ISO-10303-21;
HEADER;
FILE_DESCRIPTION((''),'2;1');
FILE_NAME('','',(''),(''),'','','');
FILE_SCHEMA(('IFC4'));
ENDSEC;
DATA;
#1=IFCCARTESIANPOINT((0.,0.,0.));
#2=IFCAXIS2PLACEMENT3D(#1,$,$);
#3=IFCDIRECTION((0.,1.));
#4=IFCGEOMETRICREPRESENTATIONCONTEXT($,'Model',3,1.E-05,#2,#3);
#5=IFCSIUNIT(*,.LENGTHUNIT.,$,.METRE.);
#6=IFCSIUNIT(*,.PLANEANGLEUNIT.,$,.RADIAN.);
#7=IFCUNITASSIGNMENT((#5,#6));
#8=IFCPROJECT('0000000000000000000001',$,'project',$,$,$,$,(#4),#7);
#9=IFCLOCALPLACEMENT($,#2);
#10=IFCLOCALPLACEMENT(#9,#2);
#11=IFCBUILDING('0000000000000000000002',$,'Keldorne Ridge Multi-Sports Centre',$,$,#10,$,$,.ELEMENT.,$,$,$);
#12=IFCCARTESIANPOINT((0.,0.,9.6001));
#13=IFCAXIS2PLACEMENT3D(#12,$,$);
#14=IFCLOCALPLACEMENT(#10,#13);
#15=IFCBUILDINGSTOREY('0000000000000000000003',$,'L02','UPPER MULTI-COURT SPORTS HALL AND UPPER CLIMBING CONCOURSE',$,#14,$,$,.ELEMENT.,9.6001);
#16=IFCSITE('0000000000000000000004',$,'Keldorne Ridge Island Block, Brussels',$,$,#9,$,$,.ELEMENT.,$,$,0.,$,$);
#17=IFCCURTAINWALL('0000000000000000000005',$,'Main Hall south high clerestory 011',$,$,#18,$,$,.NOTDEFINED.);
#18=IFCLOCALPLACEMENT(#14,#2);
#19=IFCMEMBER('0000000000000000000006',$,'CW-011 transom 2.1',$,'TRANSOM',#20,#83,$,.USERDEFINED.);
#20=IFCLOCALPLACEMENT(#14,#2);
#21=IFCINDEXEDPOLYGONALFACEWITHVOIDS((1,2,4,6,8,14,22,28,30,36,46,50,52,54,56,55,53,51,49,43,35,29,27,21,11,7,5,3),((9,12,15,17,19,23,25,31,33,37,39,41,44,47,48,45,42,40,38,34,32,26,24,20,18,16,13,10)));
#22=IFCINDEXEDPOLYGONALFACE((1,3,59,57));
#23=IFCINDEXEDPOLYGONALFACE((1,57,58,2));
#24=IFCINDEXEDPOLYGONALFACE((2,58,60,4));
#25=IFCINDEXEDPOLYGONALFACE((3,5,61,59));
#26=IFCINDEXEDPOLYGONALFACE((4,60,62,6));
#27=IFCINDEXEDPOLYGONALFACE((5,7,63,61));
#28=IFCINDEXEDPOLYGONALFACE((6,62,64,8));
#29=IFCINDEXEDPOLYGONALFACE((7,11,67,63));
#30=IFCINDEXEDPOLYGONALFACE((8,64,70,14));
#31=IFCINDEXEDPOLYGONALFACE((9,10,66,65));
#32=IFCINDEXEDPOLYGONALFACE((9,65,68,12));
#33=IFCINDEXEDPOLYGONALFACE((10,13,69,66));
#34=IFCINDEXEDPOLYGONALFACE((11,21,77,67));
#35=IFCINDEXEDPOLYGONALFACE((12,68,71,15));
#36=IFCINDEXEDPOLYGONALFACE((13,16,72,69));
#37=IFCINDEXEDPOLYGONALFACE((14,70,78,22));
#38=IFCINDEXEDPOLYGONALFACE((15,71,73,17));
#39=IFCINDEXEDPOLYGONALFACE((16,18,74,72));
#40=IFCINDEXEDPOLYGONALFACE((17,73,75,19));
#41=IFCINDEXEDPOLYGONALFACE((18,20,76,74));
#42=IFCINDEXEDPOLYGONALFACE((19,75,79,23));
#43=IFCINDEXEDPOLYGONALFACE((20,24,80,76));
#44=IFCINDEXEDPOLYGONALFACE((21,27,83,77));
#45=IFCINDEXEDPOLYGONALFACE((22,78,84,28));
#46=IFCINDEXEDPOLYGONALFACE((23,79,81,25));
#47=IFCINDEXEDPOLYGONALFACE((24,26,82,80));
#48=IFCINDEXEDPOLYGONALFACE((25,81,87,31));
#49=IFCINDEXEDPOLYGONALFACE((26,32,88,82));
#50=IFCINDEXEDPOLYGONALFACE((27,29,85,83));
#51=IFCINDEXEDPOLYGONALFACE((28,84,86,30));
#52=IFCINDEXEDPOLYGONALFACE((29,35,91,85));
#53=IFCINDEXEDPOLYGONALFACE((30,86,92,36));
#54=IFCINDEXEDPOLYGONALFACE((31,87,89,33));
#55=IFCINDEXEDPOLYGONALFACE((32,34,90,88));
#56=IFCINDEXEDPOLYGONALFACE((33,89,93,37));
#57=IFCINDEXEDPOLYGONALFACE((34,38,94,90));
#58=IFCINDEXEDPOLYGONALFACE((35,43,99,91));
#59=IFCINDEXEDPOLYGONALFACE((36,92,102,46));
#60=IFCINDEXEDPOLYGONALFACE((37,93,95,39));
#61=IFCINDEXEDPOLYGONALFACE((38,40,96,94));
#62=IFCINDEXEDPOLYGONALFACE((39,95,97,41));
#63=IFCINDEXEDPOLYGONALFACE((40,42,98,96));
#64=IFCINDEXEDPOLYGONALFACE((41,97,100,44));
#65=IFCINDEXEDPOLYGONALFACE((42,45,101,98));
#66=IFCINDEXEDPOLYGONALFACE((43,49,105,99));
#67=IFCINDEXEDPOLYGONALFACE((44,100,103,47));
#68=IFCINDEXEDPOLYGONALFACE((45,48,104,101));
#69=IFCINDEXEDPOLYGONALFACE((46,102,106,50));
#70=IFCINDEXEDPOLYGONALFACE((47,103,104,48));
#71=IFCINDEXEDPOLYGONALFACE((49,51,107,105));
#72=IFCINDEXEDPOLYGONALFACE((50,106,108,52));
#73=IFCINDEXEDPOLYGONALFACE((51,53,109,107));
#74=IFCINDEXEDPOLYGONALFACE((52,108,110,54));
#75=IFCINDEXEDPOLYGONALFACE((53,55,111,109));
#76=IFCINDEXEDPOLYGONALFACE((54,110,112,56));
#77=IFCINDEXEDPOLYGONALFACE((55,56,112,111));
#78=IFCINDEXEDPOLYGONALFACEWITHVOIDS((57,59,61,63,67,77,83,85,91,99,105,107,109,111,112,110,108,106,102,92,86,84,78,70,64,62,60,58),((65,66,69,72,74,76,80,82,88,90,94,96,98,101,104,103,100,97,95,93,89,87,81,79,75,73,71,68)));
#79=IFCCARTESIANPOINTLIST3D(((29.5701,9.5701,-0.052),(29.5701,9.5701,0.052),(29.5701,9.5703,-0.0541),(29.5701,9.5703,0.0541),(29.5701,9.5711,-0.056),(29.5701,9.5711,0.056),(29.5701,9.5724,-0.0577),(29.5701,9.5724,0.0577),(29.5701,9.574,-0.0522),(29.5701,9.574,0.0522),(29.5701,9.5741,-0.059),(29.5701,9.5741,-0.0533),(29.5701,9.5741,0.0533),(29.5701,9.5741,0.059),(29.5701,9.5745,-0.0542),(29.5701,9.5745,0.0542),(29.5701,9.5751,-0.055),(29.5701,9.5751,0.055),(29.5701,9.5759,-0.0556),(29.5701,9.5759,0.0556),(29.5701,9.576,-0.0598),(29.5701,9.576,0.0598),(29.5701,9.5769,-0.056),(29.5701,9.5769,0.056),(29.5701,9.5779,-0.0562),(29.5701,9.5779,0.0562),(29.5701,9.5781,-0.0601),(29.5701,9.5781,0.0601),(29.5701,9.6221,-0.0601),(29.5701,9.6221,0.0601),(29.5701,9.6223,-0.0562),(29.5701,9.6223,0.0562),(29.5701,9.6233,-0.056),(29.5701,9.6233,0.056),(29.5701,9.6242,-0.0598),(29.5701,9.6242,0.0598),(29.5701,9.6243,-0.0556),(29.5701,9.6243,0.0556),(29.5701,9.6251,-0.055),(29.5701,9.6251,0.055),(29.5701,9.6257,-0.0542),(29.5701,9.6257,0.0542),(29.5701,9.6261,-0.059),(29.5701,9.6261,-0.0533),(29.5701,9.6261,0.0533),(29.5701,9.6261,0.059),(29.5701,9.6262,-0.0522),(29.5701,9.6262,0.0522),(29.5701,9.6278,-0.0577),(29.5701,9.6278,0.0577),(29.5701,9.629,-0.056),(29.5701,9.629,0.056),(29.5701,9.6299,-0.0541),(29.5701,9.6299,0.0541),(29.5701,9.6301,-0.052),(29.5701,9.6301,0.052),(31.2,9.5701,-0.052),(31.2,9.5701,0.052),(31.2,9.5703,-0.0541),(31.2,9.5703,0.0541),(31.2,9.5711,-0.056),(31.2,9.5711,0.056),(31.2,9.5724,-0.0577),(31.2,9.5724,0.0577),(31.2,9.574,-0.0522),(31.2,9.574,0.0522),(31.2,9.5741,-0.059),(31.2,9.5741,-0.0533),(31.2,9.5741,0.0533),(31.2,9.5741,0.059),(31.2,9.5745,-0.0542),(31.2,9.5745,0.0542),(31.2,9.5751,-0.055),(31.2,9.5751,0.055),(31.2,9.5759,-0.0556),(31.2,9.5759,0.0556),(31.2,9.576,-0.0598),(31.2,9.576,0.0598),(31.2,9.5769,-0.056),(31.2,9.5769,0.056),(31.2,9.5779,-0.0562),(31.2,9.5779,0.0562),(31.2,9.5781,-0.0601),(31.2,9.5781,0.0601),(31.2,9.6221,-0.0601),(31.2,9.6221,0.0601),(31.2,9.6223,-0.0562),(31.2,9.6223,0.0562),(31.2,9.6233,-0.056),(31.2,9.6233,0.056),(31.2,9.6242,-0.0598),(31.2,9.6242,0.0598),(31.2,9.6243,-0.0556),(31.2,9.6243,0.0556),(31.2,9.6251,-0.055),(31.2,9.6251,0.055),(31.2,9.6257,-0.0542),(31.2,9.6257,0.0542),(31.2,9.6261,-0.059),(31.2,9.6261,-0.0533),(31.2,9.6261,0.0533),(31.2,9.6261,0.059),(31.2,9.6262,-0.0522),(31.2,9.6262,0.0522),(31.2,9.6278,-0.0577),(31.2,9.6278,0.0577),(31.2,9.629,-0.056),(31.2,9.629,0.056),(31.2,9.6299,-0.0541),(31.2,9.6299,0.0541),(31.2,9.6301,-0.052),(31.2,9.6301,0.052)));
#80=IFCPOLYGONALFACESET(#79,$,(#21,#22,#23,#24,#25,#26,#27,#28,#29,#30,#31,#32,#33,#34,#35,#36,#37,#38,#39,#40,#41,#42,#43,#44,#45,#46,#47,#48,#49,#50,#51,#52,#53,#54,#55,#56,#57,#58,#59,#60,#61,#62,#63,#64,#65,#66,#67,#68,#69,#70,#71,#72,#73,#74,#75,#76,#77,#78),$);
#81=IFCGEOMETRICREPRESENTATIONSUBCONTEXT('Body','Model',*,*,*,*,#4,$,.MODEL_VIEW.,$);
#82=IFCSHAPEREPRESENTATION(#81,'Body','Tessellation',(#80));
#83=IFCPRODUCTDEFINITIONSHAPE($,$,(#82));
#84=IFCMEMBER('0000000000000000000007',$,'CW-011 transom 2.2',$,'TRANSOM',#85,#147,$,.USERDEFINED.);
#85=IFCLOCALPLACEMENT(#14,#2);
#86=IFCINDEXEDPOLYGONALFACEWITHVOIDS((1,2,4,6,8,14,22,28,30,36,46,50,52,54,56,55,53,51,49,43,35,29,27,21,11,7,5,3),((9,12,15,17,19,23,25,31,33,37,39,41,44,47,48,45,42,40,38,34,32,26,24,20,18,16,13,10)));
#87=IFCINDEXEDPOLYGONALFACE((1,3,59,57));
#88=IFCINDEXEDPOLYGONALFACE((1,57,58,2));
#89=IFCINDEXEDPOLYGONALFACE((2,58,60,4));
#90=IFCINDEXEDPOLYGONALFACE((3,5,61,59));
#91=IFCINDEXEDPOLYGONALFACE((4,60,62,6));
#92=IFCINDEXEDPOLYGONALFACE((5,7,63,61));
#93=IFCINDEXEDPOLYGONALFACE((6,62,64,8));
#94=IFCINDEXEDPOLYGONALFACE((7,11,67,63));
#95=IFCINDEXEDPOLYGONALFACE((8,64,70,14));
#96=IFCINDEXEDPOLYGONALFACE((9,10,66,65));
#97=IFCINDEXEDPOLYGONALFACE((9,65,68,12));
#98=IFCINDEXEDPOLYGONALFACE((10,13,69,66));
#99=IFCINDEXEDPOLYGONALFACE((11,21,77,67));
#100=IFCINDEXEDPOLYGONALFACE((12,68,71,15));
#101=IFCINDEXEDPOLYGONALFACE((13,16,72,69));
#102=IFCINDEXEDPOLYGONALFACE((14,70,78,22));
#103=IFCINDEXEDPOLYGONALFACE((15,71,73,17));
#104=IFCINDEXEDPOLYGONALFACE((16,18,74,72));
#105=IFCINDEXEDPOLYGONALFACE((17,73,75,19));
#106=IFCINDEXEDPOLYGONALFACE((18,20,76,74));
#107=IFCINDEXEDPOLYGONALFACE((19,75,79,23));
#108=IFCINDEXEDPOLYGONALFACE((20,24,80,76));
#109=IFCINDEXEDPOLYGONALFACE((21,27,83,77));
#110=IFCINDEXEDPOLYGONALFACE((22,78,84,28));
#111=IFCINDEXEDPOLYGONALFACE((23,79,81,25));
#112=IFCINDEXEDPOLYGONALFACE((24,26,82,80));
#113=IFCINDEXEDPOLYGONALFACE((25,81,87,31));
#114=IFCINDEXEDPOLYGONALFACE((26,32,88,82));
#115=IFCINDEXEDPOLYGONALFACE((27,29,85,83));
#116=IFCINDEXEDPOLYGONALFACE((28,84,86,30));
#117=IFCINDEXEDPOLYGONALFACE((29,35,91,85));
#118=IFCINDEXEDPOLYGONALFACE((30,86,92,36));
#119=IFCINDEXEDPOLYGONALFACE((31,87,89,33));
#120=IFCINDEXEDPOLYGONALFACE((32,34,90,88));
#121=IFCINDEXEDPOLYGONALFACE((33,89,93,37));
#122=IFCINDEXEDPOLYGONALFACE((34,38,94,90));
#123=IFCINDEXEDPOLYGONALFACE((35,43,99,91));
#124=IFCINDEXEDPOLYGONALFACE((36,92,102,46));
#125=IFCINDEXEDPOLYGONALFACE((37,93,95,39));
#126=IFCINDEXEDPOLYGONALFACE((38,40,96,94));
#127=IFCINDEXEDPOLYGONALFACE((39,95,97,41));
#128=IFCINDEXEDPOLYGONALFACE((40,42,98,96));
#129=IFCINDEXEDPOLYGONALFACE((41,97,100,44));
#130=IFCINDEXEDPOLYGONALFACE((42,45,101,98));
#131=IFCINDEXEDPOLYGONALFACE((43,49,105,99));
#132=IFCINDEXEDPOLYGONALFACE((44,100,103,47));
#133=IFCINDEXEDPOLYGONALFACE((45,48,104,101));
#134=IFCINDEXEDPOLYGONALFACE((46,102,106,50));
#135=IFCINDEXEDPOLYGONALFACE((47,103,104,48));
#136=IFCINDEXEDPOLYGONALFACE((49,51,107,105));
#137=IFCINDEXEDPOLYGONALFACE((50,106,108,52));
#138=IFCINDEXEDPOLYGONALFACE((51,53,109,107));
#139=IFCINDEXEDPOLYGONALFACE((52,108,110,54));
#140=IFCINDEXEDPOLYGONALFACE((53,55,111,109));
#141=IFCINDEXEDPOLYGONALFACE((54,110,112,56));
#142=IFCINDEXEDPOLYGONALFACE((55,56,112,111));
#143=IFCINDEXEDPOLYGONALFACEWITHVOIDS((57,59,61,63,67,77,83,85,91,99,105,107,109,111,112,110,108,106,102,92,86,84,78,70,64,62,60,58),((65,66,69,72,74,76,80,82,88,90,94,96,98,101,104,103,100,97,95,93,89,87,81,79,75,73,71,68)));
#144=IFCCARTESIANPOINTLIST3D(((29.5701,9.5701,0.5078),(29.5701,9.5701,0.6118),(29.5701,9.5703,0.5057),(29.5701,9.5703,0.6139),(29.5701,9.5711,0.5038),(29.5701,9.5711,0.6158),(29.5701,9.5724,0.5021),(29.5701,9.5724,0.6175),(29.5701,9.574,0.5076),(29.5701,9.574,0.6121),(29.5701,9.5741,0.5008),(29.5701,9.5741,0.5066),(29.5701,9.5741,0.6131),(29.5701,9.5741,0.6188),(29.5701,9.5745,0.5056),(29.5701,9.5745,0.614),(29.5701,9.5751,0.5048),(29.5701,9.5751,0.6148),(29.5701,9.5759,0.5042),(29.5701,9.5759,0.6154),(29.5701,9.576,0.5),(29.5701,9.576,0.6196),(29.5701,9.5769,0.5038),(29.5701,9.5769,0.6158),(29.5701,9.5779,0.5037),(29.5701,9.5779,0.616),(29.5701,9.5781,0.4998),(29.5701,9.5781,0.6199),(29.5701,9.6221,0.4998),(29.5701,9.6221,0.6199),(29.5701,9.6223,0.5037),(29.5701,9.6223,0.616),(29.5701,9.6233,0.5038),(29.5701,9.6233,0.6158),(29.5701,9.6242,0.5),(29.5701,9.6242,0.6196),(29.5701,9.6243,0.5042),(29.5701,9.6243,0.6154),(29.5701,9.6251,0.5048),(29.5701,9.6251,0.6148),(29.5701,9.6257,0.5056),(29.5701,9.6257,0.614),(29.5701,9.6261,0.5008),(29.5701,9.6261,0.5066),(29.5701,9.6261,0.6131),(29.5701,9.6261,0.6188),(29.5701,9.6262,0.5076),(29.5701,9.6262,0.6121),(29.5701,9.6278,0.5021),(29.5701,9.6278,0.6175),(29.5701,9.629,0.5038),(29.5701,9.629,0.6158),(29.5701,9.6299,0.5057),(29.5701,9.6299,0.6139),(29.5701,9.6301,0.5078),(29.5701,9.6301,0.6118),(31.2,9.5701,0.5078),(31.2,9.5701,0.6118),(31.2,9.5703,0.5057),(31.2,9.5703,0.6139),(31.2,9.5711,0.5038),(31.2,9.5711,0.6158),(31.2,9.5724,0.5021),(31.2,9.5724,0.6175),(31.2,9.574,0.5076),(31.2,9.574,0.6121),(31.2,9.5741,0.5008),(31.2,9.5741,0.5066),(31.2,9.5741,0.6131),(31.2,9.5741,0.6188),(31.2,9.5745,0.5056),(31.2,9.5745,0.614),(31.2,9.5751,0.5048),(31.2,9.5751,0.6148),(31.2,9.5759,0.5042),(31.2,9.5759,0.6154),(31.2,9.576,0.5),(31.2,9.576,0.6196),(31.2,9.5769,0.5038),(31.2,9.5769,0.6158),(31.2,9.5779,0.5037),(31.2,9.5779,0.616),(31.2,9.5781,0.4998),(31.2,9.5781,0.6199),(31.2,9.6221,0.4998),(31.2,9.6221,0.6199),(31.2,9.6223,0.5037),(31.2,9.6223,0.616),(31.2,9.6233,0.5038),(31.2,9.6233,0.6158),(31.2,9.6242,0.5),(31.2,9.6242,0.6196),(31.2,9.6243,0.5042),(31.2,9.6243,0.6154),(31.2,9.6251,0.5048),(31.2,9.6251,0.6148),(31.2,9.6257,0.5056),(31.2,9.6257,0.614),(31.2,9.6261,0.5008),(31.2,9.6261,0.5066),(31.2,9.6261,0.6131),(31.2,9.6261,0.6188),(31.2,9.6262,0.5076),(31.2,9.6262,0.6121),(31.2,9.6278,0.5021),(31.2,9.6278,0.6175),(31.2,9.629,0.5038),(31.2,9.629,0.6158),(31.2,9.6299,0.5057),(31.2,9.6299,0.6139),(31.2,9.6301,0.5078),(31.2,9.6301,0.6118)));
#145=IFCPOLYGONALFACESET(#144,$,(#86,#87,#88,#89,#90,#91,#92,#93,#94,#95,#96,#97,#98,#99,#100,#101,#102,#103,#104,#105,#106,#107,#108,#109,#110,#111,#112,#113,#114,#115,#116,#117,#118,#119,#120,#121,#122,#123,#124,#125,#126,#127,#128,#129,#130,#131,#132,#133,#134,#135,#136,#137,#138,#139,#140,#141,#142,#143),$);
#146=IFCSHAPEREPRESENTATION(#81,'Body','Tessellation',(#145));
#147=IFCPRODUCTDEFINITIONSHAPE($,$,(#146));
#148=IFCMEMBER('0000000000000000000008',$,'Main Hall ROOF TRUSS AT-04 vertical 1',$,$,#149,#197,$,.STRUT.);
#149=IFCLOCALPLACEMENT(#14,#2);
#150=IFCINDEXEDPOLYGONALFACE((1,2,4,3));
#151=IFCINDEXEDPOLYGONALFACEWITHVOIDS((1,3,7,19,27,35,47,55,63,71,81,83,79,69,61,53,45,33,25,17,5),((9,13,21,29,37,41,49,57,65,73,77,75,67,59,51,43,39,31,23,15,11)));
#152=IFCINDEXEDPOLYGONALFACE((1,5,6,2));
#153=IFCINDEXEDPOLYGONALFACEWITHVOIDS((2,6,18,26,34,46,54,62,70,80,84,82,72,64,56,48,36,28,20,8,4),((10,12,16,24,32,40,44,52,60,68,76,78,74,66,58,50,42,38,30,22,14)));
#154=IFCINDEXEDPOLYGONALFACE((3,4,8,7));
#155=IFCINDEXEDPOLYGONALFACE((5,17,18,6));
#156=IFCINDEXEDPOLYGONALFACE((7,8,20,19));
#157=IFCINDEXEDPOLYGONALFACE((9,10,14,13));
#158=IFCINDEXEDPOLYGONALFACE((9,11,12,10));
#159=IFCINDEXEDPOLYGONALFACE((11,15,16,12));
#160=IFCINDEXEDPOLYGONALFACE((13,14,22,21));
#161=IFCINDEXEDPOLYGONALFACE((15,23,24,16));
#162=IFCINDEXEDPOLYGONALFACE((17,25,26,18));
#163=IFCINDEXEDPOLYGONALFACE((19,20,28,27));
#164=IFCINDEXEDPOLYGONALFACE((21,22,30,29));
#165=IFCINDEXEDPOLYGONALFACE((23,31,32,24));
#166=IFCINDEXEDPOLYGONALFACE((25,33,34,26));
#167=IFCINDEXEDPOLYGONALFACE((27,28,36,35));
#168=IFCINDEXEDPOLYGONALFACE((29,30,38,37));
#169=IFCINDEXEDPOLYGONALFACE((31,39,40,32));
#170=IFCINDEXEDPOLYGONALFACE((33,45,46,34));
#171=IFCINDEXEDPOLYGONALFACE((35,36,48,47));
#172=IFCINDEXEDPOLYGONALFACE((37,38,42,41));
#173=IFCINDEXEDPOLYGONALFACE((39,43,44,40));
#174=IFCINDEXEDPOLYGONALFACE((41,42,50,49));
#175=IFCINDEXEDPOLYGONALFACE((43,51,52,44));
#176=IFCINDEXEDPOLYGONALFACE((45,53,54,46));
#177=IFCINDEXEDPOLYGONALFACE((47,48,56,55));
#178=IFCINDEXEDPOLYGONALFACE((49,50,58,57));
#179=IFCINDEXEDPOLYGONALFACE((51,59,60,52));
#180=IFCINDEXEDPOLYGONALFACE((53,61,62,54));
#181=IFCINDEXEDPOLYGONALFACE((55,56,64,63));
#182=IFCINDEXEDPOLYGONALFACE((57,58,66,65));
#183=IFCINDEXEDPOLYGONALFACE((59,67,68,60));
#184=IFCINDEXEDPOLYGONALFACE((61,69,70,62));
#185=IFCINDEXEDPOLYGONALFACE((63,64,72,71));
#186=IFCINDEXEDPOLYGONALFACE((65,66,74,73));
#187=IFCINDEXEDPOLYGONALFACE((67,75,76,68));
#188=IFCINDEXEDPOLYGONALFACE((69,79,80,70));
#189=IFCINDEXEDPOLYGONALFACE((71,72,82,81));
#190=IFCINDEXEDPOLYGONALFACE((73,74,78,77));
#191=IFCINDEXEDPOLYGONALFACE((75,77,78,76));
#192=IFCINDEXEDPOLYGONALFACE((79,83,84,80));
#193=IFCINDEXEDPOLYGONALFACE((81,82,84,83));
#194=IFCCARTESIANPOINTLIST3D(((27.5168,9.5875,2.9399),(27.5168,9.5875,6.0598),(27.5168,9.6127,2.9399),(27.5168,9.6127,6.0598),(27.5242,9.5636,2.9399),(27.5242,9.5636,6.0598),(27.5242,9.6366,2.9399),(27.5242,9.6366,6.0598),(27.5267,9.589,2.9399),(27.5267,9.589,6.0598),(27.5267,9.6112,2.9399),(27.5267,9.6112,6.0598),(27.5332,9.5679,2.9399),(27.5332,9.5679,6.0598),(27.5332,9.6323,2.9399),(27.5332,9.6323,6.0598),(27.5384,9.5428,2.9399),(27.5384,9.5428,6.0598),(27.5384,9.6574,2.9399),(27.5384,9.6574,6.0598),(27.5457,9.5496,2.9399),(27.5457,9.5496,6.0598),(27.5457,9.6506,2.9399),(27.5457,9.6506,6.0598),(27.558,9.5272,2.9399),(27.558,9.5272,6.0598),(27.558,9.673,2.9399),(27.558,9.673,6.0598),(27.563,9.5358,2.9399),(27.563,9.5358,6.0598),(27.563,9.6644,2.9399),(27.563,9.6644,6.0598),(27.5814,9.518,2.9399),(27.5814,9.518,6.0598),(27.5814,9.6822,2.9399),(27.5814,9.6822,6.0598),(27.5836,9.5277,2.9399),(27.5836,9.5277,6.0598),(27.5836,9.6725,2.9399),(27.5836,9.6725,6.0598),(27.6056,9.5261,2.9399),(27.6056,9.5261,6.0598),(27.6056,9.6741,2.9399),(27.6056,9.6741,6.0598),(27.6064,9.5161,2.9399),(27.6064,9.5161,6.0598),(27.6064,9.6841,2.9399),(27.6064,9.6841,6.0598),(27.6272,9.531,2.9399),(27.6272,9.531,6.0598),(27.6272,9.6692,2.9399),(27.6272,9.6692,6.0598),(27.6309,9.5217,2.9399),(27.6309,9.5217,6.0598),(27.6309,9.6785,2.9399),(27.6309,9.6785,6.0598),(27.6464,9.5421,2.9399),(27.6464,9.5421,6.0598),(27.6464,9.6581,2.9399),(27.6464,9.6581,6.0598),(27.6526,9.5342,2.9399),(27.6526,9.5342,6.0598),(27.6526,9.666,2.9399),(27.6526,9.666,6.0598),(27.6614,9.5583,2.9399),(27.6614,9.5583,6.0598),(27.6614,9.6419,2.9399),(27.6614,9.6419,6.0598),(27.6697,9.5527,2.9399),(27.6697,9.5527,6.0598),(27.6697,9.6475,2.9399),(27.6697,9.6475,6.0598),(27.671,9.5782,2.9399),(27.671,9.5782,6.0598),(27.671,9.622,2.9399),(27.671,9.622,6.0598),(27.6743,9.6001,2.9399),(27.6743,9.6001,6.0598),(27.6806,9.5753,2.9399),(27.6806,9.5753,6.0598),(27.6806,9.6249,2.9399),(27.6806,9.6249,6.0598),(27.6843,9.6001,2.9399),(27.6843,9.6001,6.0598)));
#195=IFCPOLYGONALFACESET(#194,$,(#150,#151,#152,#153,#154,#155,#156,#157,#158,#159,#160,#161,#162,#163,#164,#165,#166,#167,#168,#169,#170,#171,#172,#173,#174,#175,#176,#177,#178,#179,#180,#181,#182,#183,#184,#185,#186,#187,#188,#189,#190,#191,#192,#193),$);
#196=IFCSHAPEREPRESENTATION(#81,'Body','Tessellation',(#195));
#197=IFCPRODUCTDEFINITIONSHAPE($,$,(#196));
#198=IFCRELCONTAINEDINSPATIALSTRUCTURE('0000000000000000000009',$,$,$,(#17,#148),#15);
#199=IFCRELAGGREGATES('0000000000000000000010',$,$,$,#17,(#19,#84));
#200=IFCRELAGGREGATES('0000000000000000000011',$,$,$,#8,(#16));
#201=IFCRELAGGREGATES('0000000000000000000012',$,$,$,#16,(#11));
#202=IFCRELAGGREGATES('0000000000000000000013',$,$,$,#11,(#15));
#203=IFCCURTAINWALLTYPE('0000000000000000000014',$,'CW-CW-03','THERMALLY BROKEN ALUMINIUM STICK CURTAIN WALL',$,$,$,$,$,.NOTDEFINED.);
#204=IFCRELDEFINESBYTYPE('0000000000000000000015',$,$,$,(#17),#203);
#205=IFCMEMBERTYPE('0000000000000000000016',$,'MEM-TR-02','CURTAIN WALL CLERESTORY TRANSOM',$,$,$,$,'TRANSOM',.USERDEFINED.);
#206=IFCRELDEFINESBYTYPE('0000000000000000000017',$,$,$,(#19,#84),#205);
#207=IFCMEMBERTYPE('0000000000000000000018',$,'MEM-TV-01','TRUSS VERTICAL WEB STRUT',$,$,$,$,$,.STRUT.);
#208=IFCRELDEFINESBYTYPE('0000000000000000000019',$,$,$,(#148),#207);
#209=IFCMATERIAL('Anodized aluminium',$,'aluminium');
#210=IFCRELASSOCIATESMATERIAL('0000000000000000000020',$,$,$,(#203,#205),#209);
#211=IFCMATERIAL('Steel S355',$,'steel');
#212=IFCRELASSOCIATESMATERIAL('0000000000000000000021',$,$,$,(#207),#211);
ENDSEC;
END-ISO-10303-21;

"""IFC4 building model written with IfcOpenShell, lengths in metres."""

from ifc_helpers import new_model, si_unit, direction, frame, origin, origin_2d, place, context, subcontext, project, spatial, hollow_rectangle, hollow_circle, extrude, material, material_profile, profile_set, type_object, element, aggregate, save


model = new_model("IFC4")

# Units and contexts
model_context = context("Model", 3, precision=1e-05, world=origin(), true_north=direction((0.0, 1.0)))
body_context = subcontext(model_context, "Body", "Model", "MODEL_VIEW")
ifc_project = project(units=[si_unit("LENGTHUNIT", "METRE"), si_unit("PLANEANGLEUNIT", "RADIAN")], contexts=[model_context])

# Site, building, storey
site_placement = place(None, origin())
site = spatial("IfcSite", under=ifc_project, at=site_placement, Name="Keldorne Ridge Island Block, Brussels", CompositionType="ELEMENT", RefElevation=0.0)
building_placement = place(site_placement, origin())
building = spatial("IfcBuilding", under=site, at=building_placement, Name="Keldorne Ridge Multi-Sports Centre", CompositionType="ELEMENT")
storey_placement = place(building_placement, frame((0.0, 0.0, 9.6001)))
storey = spatial("IfcBuildingStorey", under=building, at=storey_placement, Name="L02", Description="UPPER MULTI-COURT SPORTS HALL AND UPPER CLIMBING CONCOURSE", CompositionType="ELEMENT", Elevation=9.6001)

# Shared definitions
ifc_material_1 = material(Name="Steel S355", Category="steel")

# Curtain wall
ifc_material_2 = material(Name="Anodized aluminium", Category="aluminium")
curtain_wall_type_1 = type_object("IfcCurtainWallType", Name="CW-CW-03", Description="THERMALLY BROKEN ALUMINIUM STICK CURTAIN WALL", PredefinedType="NOTDEFINED", material=ifc_material_2)
curtain_wall_1_placement = place(storey_placement, origin())
curtain_wall_1 = element("IfcCurtainWall", 1, at=curtain_wall_1_placement, inside=storey, type_object=curtain_wall_type_1, Name="Main Hall south high clerestory 011", PredefinedType="NOTDEFINED")

# Members
ifc_material_profile_1 = material_profile(ifc_material_2, hollow_rectangle(XDim=0.0601, YDim=0.1201, WallThickness=0.0039, InnerFilletRadius=0.0039, OuterFilletRadius=0.0081, at=origin_2d()), Name="ALU TRANSOM 120x60x4")
ifc_profile_set_1 = profile_set([ifc_material_profile_1], Name="Anodized aluminium")
member_type_1 = type_object("IfcMemberType", Name="MEM-TR-02", Description="CURTAIN WALL CLERESTORY TRANSOM", ElementType="TRANSOM", PredefinedType="USERDEFINED", material=ifc_profile_set_1)
member_1_placement = place(storey_placement, frame((29.5701, 9.6001, 0.0), z_axis=(1.0, 0.0, 0.0), x_axis=(0.0, 1.0, 0.0)))
member_1 = element("IfcMember", 2, at=member_1_placement, type_object=member_type_1, Name="CW-011 transom 2.1", ObjectType="TRANSOM", PredefinedType="USERDEFINED", context=body_context, shape_type="SweptSolid", body=[
    extrude(hollow_rectangle(XDim=0.0601, YDim=0.1201, WallThickness=0.0039, InnerFilletRadius=0.0039, OuterFilletRadius=0.0081, at=origin_2d()), origin(), (0.0, 0.0, 1.0), 1.6299),
])
member_2_placement = place(storey_placement, frame((29.5701, 9.6001, 0.5598), z_axis=(1.0, 0.0, 0.0), x_axis=(0.0, 1.0, 0.0)))
member_2 = element("IfcMember", 3, at=member_2_placement, type_object=member_type_1, Name="CW-011 transom 2.2", ObjectType="TRANSOM", PredefinedType="USERDEFINED", context=body_context, shape_type="SweptSolid", body=[
    extrude(hollow_rectangle(XDim=0.0601, YDim=0.1201, WallThickness=0.0039, InnerFilletRadius=0.0039, OuterFilletRadius=0.0081, at=origin_2d()), origin(), (0.0, 0.0, 1.0), 1.6299),
])
ifc_material_profile_2 = material_profile(ifc_material_1, hollow_circle(Radius=0.0842, WallThickness=0.01, at=origin_2d()), Name="CHS 168.3x10")
ifc_profile_set_2 = profile_set([ifc_material_profile_2], Name="Steel S355")
member_type_2 = type_object("IfcMemberType", Name="MEM-TV-01", Description="TRUSS VERTICAL WEB STRUT", PredefinedType="STRUT", material=ifc_profile_set_2)
member_3_placement = place(storey_placement, frame((27.6001, 9.6001, 2.9399), z_axis=(0.0, 0.0, 1.0), x_axis=(1.0, 0.0, 0.0)))
element("IfcMember", 4, at=member_3_placement, inside=storey, type_object=member_type_2, Name="Main Hall ROOF TRUSS AT-04 vertical 1", PredefinedType="STRUT", context=body_context, shape_type="SweptSolid", body=[
    extrude(hollow_circle(Radius=0.0842, WallThickness=0.01, at=origin_2d()), origin(), (0.0, 0.0, 1.0), 3.1199),
])

aggregate(curtain_wall_1, [member_1, member_2])

save(model, "model.ifc")
